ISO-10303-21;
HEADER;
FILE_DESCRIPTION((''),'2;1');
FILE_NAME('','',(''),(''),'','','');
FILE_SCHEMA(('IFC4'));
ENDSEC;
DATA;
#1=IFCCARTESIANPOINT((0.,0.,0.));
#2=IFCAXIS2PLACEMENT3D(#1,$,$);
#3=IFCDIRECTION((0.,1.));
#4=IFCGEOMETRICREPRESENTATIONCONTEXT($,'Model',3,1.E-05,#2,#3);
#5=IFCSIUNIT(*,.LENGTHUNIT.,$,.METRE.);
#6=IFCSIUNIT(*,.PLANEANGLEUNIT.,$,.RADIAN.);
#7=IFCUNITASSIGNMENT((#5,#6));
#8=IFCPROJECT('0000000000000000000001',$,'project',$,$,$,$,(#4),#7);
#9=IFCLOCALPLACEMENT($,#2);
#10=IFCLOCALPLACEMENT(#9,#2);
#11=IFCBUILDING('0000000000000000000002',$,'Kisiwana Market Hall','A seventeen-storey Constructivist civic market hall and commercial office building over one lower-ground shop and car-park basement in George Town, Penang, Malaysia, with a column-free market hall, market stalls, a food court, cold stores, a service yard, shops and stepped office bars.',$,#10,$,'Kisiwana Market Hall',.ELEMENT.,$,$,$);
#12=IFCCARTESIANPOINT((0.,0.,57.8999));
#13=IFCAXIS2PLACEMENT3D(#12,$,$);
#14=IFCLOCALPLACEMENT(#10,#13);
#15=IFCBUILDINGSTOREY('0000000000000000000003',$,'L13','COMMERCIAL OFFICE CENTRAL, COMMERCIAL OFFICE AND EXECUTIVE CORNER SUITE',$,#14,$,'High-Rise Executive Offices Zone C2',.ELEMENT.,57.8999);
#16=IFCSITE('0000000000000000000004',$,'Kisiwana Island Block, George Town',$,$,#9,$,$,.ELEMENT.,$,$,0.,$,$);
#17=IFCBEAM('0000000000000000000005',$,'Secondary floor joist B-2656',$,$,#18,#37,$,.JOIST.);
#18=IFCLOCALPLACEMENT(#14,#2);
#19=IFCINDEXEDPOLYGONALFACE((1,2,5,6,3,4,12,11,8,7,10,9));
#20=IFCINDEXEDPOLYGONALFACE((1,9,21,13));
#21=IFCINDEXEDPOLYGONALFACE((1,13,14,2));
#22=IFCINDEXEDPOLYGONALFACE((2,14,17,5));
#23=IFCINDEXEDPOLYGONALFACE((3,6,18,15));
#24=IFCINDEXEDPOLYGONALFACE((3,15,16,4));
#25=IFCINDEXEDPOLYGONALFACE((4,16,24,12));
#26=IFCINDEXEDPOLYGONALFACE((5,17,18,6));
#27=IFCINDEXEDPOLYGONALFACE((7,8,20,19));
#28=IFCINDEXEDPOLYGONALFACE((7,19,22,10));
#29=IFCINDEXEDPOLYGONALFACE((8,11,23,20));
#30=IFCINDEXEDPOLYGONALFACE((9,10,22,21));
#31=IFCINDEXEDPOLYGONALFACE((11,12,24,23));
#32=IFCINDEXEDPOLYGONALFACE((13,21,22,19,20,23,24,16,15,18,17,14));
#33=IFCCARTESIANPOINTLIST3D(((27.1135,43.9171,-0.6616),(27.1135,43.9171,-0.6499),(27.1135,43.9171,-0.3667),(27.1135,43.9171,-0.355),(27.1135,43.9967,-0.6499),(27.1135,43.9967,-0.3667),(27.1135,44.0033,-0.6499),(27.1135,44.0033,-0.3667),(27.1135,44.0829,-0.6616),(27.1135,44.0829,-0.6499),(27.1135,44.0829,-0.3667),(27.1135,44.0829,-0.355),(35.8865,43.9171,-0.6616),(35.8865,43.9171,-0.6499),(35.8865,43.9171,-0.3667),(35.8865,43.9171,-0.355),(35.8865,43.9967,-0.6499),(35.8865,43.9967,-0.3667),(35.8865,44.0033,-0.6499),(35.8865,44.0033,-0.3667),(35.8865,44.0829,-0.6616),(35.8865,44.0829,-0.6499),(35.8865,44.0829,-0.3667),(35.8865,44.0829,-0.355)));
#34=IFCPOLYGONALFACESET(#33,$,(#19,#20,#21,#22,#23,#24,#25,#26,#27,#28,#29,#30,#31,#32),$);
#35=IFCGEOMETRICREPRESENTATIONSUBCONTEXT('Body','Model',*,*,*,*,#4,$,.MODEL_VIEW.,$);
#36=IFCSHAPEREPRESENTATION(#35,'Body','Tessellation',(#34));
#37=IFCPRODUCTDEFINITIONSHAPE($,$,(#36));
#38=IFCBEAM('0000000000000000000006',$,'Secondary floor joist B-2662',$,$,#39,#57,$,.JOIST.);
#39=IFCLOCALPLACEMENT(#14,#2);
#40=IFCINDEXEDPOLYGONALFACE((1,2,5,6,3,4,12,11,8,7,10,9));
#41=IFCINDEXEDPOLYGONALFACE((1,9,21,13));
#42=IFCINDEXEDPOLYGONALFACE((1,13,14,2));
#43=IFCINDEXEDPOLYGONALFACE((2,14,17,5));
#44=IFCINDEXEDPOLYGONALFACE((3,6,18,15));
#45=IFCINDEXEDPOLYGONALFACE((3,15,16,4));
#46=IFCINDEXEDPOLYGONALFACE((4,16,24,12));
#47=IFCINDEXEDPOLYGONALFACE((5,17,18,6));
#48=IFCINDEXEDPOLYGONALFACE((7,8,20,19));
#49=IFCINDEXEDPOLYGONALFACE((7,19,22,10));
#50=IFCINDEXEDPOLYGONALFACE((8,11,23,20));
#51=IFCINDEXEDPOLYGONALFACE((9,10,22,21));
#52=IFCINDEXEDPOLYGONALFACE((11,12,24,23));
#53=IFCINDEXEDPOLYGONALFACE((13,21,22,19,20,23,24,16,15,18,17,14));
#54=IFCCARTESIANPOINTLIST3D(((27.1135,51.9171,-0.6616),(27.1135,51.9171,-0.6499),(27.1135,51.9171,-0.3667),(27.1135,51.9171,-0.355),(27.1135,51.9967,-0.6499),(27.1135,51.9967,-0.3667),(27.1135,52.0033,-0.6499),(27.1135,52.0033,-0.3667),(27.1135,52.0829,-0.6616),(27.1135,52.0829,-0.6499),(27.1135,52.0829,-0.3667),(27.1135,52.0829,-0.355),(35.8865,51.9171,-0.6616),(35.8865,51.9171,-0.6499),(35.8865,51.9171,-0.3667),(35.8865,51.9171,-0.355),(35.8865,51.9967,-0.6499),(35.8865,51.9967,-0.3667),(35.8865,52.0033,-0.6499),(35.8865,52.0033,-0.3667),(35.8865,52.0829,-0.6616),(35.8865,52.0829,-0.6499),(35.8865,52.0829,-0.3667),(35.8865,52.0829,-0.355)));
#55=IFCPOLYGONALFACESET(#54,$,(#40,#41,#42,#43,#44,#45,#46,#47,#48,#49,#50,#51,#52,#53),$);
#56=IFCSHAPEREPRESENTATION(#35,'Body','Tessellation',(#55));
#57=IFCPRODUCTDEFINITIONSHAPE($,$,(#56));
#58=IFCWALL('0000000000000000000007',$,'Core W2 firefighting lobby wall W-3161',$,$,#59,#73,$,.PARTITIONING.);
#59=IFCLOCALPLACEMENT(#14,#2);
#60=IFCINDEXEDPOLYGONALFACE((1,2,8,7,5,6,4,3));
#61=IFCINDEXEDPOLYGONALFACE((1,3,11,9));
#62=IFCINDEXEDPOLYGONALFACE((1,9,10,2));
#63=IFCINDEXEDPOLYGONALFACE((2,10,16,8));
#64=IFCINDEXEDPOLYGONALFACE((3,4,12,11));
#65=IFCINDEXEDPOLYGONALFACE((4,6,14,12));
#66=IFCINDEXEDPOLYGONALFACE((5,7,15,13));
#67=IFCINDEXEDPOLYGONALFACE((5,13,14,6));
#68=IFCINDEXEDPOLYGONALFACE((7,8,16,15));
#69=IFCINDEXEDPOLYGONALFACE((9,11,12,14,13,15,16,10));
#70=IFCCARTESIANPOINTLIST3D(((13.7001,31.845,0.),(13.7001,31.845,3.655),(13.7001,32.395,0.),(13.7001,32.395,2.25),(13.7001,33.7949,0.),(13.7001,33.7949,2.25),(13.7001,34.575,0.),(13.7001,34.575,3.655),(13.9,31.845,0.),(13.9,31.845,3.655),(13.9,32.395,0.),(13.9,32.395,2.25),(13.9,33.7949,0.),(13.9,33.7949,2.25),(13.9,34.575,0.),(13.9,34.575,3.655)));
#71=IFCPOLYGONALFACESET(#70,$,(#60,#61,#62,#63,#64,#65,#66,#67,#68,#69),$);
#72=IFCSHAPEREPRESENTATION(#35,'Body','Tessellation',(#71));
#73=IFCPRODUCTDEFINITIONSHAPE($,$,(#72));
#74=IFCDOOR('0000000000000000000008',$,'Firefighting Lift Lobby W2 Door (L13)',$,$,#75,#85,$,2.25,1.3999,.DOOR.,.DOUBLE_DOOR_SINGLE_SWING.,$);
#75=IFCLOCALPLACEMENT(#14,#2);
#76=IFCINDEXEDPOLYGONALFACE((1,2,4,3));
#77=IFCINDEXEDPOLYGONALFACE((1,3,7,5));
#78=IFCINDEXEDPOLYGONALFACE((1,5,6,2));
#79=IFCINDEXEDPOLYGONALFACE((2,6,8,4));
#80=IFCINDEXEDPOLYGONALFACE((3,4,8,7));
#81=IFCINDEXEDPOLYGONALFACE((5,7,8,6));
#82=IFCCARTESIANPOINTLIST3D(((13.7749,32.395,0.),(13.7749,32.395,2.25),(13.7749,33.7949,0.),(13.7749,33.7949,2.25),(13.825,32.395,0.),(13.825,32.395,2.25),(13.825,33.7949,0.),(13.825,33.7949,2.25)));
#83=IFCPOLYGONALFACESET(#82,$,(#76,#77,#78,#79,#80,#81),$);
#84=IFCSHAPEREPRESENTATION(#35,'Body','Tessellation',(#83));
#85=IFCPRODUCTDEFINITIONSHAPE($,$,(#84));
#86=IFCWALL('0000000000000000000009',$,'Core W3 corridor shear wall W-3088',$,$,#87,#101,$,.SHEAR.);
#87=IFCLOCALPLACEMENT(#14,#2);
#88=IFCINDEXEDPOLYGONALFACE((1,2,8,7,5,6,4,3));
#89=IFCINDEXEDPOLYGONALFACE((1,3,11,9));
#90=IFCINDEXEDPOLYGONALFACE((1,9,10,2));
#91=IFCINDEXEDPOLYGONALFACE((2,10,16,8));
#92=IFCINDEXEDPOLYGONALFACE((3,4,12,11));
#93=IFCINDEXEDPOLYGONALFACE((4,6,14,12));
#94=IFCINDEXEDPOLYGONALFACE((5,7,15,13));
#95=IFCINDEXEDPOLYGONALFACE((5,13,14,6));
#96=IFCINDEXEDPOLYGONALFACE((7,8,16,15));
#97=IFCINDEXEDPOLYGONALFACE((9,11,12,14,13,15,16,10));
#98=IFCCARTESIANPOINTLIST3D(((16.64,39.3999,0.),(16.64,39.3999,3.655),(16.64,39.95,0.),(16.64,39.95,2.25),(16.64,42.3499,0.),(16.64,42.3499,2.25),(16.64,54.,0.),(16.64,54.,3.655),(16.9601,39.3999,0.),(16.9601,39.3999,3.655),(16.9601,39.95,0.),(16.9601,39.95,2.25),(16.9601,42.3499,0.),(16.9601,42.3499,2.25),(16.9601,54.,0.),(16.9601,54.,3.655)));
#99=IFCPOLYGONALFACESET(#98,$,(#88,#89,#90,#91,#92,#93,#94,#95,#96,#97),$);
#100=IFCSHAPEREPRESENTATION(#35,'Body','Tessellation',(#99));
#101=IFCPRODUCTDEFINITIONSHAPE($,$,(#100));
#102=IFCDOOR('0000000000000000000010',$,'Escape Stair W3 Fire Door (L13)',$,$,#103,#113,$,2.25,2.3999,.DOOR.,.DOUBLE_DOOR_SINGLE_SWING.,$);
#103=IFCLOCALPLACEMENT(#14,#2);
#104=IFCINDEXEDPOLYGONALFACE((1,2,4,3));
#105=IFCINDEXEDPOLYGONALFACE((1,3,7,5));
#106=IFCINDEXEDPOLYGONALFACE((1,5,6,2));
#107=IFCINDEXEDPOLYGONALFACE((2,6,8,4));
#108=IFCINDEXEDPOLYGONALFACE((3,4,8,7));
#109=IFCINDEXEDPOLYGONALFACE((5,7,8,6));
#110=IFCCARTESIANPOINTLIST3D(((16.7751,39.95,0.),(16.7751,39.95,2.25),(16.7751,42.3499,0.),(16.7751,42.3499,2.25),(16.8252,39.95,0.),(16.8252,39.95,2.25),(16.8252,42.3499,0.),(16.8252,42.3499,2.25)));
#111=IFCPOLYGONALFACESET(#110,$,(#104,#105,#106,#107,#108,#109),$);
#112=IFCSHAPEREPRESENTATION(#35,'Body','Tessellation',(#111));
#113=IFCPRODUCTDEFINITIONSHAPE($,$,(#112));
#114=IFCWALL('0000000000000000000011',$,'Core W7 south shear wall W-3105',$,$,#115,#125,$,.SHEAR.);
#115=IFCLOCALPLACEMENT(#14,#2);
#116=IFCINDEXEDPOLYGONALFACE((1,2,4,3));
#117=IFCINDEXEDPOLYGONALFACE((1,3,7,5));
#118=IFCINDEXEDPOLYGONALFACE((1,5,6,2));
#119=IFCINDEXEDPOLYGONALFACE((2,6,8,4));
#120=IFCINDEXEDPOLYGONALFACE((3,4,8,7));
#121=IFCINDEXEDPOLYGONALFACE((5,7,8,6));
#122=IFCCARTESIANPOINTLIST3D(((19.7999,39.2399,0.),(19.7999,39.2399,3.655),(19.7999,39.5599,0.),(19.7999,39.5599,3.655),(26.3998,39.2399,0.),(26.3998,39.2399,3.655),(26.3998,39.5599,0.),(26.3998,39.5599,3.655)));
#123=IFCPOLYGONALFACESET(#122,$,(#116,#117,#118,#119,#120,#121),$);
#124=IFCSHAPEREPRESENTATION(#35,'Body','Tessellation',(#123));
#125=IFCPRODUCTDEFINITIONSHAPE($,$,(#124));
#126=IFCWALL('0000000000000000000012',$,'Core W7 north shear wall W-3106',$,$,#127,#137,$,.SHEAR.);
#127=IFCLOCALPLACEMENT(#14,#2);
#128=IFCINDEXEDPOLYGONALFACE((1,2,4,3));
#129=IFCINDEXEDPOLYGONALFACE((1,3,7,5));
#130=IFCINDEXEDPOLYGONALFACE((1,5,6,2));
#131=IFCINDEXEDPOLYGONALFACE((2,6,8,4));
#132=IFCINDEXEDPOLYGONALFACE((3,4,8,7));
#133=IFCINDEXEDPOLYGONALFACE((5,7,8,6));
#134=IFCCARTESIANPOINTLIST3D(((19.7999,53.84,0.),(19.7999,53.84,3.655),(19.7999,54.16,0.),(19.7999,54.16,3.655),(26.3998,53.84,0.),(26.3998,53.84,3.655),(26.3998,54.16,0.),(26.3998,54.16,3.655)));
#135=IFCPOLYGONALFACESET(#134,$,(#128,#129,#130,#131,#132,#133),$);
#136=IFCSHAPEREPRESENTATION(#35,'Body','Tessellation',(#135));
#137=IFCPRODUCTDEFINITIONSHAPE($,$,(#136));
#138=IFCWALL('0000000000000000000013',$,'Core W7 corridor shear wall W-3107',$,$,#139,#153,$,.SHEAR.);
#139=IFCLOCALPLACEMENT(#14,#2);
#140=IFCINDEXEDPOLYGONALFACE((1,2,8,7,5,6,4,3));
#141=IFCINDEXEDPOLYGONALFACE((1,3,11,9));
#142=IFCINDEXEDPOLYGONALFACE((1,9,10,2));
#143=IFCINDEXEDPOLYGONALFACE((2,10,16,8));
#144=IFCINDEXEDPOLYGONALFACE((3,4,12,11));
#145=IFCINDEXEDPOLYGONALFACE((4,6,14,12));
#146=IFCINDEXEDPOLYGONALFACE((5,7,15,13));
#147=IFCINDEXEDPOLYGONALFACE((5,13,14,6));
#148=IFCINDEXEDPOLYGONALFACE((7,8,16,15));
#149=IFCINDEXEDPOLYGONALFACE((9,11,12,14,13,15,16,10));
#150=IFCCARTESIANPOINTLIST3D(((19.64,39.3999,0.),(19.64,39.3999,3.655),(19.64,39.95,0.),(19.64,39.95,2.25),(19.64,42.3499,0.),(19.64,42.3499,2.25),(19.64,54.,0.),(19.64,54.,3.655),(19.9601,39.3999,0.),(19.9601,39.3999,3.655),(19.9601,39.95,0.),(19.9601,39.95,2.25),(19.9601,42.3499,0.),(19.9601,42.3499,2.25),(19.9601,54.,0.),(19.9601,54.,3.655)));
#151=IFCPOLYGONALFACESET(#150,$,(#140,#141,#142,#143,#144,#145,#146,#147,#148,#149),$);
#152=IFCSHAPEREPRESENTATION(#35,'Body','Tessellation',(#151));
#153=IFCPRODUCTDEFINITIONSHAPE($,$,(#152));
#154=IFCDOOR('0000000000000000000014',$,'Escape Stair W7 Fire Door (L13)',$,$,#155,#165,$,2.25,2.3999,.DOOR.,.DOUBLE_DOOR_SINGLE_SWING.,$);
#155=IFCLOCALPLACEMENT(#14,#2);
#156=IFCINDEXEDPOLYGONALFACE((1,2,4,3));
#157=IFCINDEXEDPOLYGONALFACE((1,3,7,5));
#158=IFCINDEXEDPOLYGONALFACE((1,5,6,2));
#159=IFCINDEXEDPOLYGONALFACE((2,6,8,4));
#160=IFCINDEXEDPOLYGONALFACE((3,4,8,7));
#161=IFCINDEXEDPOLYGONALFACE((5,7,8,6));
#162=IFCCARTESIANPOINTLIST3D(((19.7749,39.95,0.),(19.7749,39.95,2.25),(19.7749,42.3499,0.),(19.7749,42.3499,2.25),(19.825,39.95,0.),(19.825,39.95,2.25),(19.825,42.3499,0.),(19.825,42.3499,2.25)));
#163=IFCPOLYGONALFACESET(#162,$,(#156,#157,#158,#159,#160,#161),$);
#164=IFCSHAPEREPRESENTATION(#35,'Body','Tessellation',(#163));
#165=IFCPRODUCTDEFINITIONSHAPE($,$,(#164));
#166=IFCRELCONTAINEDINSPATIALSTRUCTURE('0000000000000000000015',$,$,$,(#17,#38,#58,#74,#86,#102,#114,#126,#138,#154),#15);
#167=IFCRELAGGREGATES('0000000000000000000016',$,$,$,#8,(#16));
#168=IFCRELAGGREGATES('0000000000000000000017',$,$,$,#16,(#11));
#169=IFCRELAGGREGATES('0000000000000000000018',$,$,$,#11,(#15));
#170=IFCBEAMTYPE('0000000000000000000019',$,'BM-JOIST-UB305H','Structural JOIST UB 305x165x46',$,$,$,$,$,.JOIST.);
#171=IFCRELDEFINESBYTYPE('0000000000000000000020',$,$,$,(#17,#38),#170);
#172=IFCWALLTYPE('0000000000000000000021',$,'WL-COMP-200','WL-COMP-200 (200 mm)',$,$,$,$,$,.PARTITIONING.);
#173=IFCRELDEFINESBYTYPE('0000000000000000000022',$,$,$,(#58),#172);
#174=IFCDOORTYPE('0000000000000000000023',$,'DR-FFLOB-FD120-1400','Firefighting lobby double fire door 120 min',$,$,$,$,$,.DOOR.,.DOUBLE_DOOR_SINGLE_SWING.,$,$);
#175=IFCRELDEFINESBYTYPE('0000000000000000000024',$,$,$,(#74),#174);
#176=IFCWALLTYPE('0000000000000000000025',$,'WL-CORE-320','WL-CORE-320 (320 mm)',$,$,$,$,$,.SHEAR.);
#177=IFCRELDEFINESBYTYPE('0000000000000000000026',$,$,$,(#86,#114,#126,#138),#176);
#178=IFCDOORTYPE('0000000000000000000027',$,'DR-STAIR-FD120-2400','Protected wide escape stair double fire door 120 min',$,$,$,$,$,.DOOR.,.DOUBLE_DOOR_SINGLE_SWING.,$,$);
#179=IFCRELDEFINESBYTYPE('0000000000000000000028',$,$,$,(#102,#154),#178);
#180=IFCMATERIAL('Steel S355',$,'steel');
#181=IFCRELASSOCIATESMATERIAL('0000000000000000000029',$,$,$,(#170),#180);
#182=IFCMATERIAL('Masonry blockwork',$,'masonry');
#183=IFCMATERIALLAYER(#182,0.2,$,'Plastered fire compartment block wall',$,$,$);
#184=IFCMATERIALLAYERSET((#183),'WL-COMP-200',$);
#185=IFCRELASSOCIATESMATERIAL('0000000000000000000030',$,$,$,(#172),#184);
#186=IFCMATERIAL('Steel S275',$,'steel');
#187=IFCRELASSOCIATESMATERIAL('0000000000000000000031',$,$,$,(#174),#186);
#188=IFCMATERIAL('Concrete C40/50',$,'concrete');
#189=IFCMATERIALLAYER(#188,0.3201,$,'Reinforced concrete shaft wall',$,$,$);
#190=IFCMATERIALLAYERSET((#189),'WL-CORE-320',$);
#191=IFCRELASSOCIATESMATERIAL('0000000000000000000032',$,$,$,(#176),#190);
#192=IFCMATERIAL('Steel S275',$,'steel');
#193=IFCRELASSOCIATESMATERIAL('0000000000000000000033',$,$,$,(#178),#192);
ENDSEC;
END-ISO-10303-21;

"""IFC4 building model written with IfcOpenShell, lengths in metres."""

from ifc_helpers import new_model, si_unit, direction, frame, frame_2d, origin, origin_2d, place, context, subcontext, project, spatial, rectangle, i_section, extrude, material, layer, layer_set, material_profile, profile_set, type_object, element, fill, save


model = new_model("IFC4")

# Units and contexts
model_context = context("Model", 3, precision=1e-05, world=origin(), true_north=direction((0.0, 1.0)))
body_context = subcontext(model_context, "Body", "Model", "MODEL_VIEW")
ifc_project = project(units=[si_unit("LENGTHUNIT", "METRE"), si_unit("PLANEANGLEUNIT", "RADIAN")], contexts=[model_context])

# Site, building, storey
site_placement = place(None, origin())
site = spatial("IfcSite", under=ifc_project, at=site_placement, Name="Kisiwana Island Block, George Town", CompositionType="ELEMENT", RefElevation=0.0)
building_placement = place(site_placement, origin())
building = spatial("IfcBuilding", under=site, at=building_placement, Name="Kisiwana Market Hall", Description="A seventeen-storey Constructivist civic market hall and commercial office building over one lower-ground shop and car-park basement in George Town, Penang, Malaysia, with a column-free market hall, market stalls, a food court, cold stores, a service yard, shops and stepped office bars.", LongName="Kisiwana Market Hall", CompositionType="ELEMENT")
storey_placement = place(building_placement, frame((0.0, 0.0, 57.8999)))
storey = spatial("IfcBuildingStorey", under=building, at=storey_placement, Name="L13", Description="COMMERCIAL OFFICE CENTRAL, COMMERCIAL OFFICE AND EXECUTIVE CORNER SUITE", LongName="High-Rise Executive Offices Zone C2", CompositionType="ELEMENT", Elevation=57.8999)

# Beams
ifc_material_1 = material(Name="Steel S355", Category="steel")
ifc_material_profile_1 = material_profile(ifc_material_1, i_section(OverallWidth=0.1658, OverallDepth=0.3066, WebThickness=0.0066, FlangeThickness=0.0117, at=origin_2d()), Name="UB 305x165x46")
ifc_profile_set_1 = profile_set([ifc_material_profile_1], Name="Steel S355")
beam_type_1 = type_object("IfcBeamType", Name="BM-JOIST-UB305H", Description="Structural JOIST UB 305x165x46", PredefinedType="JOIST", material=ifc_profile_set_1)
for number, where, z_axis, x_axis, name in (
    (1, (27.1135, 44.0, -0.5083), (1.0, 0.0, 0.0), (0.0, 1.0, 0.0), "Secondary floor joist B-2656"),
    (2, (27.1135, 52.0, -0.5083), (1.0, 0.0, 0.0), (0.0, 1.0, 0.0), "Secondary floor joist B-2662"),
):
    element("IfcBeam", number, at=place(storey_placement, frame(where, z_axis=z_axis, x_axis=x_axis)), inside=storey, type_object=beam_type_1, Name=name, PredefinedType="JOIST", context=body_context, shape_type="SweptSolid", body=[
        extrude(i_section(OverallWidth=0.1658, OverallDepth=0.3066, WebThickness=0.0066, FlangeThickness=0.0117, at=origin_2d()), origin(), (0.0, 0.0, 1.0), 8.7729),
    ])

# Walls, openings, doors
ifc_material_2 = material(Name="Masonry blockwork", Category="masonry")
ifc_layer_1 = layer(ifc_material_2, 0.2, Name="Plastered fire compartment block wall")
ifc_layer_set_1 = layer_set([ifc_layer_1], Name="WL-COMP-200")
wall_type_1 = type_object("IfcWallType", Name="WL-COMP-200", Description="WL-COMP-200 (200 mm)", PredefinedType="PARTITIONING", material=ifc_layer_set_1)
wall_1_placement = place(storey_placement, frame((13.8, 31.845, 0.0), z_axis=(0.0, 0.0, 1.0), x_axis=(0.0, 1.0, 0.0)))
wall_1 = element("IfcWall", 3, at=wall_1_placement, inside=storey, type_object=wall_type_1, Name="Core W2 firefighting lobby wall W-3161", PredefinedType="PARTITIONING", context=body_context, shape_type="SweptSolid", body=[
    extrude(rectangle(XDim=2.73, YDim=0.2, at=frame_2d((1.365, 0.0))), origin(), (0.0, 0.0, 1.0), 3.655),
])
opening_1_placement = place(wall_1_placement, frame((0.55, 0.0, 0.0)))
opening_1 = element("IfcOpeningElement", 4, at=opening_1_placement, cuts=wall_1, PredefinedType="OPENING", context=body_context, shape_type="SweptSolid", body=[
    extrude(rectangle(XDim=1.3999, YDim=2.25, at=frame_2d((0.7, 1.125))), frame((0.0, 0.1118, 0.0), z_axis=(0.0, -1.0, 0.0), x_axis=(1.0, 0.0, 0.0)), (0.0, 0.0, 1.0), 0.2239),
])
ifc_material_3 = material(Name="Steel S275", Category="steel")
door_type_1 = type_object("IfcDoorType", Name="DR-FFLOB-FD120-1400", Description="Firefighting lobby double fire door 120 min", OperationType="DOUBLE_DOOR_SINGLE_SWING", PredefinedType="DOOR", material=ifc_material_3)
door_1_placement = place(opening_1_placement, frame((1.3999, 0.0, 0.0), z_axis=(0.0, 0.0, 1.0), x_axis=(-1.0, 0.0, 0.0)))
door_1 = element("IfcDoor", 5, at=door_1_placement, inside=storey, type_object=door_type_1, Name="Firefighting Lift Lobby W2 Door (L13)", OperationType="DOUBLE_DOOR_SINGLE_SWING", OverallHeight=2.25, OverallWidth=1.3999, PredefinedType="DOOR", context=body_context, shape_type="SweptSolid", body=[
    extrude(rectangle(XDim=1.3999, YDim=2.25, at=frame_2d((0.7, 1.125))), frame((0.0, 0.0249, 0.0), z_axis=(0.0, -1.0, 0.0), x_axis=(1.0, 0.0, 0.0)), (0.0, 0.0, 1.0), 0.05),
])
fill(opening_1, door_1)
ifc_material_4 = material(Name="Concrete C40/50", Category="concrete")
ifc_layer_2 = layer(ifc_material_4, 0.3201, Name="Reinforced concrete shaft wall")
ifc_layer_set_2 = layer_set([ifc_layer_2], Name="WL-CORE-320")
wall_type_2 = type_object("IfcWallType", Name="WL-CORE-320", Description="WL-CORE-320 (320 mm)", PredefinedType="SHEAR", material=ifc_layer_set_2)
wall_2_placement = place(storey_placement, frame((16.8, 39.3999, 0.0), z_axis=(0.0, 0.0, 1.0), x_axis=(0.0, 1.0, 0.0)))
wall_2 = element("IfcWall", 6, at=wall_2_placement, inside=storey, type_object=wall_type_2, Name="Core W3 corridor shear wall W-3088", PredefinedType="SHEAR", context=body_context, shape_type="SweptSolid", body=[
    extrude(rectangle(XDim=14.6001, YDim=0.3201, at=frame_2d((7.3, 0.0))), origin(), (0.0, 0.0, 1.0), 3.655),
])
opening_2_placement = place(wall_2_placement, frame((0.55, 0.0, 0.0)))
opening_2 = element("IfcOpeningElement", 7, at=opening_2_placement, cuts=wall_2, PredefinedType="OPENING", context=body_context, shape_type="SweptSolid", body=[
    extrude(rectangle(XDim=2.3999, YDim=2.25, at=frame_2d((1.2, 1.125))), frame((0.0, 0.1719, 0.0), z_axis=(0.0, -1.0, 0.0), x_axis=(1.0, 0.0, 0.0)), (0.0, 0.0, 1.0), 0.344),
])
ifc_material_5 = material(Name="Steel S275", Category="steel")
door_type_2 = type_object("IfcDoorType", Name="DR-STAIR-FD120-2400", Description="Protected wide escape stair double fire door 120 min", OperationType="DOUBLE_DOOR_SINGLE_SWING", PredefinedType="DOOR", material=ifc_material_5)
door_2_placement = place(opening_2_placement, origin())
door_2 = element("IfcDoor", 8, at=door_2_placement, inside=storey, type_object=door_type_2, Name="Escape Stair W3 Fire Door (L13)", OperationType="DOUBLE_DOOR_SINGLE_SWING", OverallHeight=2.25, OverallWidth=2.3999, PredefinedType="DOOR", context=body_context, shape_type="SweptSolid", body=[
    extrude(rectangle(XDim=2.3999, YDim=2.25, at=frame_2d((1.2, 1.125))), frame((0.0, 0.0249, 0.0), z_axis=(0.0, -1.0, 0.0), x_axis=(1.0, 0.0, 0.0)), (0.0, 0.0, 1.0), 0.05),
])
fill(opening_2, door_2)

# Walls
for number, where, z_axis, x_axis, name in (
    (9, (19.8, 39.3999, 0.0), (0.0, 0.0, 1.0), (1.0, 0.0, 0.0), "Core W7 south shear wall W-3105"),
    (10, (19.8, 54.0, 0.0), (0.0, 0.0, 1.0), (1.0, 0.0, 0.0), "Core W7 north shear wall W-3106"),
):
    element("IfcWall", number, at=place(storey_placement, frame(where, z_axis=z_axis, x_axis=x_axis)), inside=storey, type_object=wall_type_2, Name=name, PredefinedType="SHEAR", context=body_context, shape_type="SweptSolid", body=[
        extrude(rectangle(XDim=6.5999, YDim=0.3201, at=frame_2d((3.2998, 0.0))), origin(), (0.0, 0.0, 1.0), 3.655),
    ])

# Wall, opening, door
wall_3_placement = place(storey_placement, frame((19.8, 39.3999, 0.0), z_axis=(0.0, 0.0, 1.0), x_axis=(0.0, 1.0, 0.0)))
wall_3 = element("IfcWall", 11, at=wall_3_placement, inside=storey, type_object=wall_type_2, Name="Core W7 corridor shear wall W-3107", PredefinedType="SHEAR", context=body_context, shape_type="SweptSolid", body=[
    extrude(rectangle(XDim=14.6001, YDim=0.3201, at=frame_2d((7.3, 0.0))), origin(), (0.0, 0.0, 1.0), 3.655),
])
opening_3_placement = place(wall_3_placement, frame((0.55, 0.0, 0.0)))
opening_3 = element("IfcOpeningElement", 12, at=opening_3_placement, cuts=wall_3, PredefinedType="OPENING", context=body_context, shape_type="SweptSolid", body=[
    extrude(rectangle(XDim=2.3999, YDim=2.25, at=frame_2d((1.2, 1.125))), frame((0.0, 0.1719, 0.0), z_axis=(0.0, -1.0, 0.0), x_axis=(1.0, 0.0, 0.0)), (0.0, 0.0, 1.0), 0.344),
])
door_3_placement = place(opening_3_placement, frame((2.3999, 0.0, 0.0), z_axis=(0.0, 0.0, 1.0), x_axis=(-1.0, 0.0, 0.0)))
door_3 = element("IfcDoor", 13, at=door_3_placement, inside=storey, type_object=door_type_2, Name="Escape Stair W7 Fire Door (L13)", OperationType="DOUBLE_DOOR_SINGLE_SWING", OverallHeight=2.25, OverallWidth=2.3999, PredefinedType="DOOR", context=body_context, shape_type="SweptSolid", body=[
    extrude(rectangle(XDim=2.3999, YDim=2.25, at=frame_2d((1.2, 1.125))), frame((0.0, 0.0249, 0.0), z_axis=(0.0, -1.0, 0.0), x_axis=(1.0, 0.0, 0.0)), (0.0, 0.0, 1.0), 0.05),
])
fill(opening_3, door_3)

save(model, "model.ifc")
